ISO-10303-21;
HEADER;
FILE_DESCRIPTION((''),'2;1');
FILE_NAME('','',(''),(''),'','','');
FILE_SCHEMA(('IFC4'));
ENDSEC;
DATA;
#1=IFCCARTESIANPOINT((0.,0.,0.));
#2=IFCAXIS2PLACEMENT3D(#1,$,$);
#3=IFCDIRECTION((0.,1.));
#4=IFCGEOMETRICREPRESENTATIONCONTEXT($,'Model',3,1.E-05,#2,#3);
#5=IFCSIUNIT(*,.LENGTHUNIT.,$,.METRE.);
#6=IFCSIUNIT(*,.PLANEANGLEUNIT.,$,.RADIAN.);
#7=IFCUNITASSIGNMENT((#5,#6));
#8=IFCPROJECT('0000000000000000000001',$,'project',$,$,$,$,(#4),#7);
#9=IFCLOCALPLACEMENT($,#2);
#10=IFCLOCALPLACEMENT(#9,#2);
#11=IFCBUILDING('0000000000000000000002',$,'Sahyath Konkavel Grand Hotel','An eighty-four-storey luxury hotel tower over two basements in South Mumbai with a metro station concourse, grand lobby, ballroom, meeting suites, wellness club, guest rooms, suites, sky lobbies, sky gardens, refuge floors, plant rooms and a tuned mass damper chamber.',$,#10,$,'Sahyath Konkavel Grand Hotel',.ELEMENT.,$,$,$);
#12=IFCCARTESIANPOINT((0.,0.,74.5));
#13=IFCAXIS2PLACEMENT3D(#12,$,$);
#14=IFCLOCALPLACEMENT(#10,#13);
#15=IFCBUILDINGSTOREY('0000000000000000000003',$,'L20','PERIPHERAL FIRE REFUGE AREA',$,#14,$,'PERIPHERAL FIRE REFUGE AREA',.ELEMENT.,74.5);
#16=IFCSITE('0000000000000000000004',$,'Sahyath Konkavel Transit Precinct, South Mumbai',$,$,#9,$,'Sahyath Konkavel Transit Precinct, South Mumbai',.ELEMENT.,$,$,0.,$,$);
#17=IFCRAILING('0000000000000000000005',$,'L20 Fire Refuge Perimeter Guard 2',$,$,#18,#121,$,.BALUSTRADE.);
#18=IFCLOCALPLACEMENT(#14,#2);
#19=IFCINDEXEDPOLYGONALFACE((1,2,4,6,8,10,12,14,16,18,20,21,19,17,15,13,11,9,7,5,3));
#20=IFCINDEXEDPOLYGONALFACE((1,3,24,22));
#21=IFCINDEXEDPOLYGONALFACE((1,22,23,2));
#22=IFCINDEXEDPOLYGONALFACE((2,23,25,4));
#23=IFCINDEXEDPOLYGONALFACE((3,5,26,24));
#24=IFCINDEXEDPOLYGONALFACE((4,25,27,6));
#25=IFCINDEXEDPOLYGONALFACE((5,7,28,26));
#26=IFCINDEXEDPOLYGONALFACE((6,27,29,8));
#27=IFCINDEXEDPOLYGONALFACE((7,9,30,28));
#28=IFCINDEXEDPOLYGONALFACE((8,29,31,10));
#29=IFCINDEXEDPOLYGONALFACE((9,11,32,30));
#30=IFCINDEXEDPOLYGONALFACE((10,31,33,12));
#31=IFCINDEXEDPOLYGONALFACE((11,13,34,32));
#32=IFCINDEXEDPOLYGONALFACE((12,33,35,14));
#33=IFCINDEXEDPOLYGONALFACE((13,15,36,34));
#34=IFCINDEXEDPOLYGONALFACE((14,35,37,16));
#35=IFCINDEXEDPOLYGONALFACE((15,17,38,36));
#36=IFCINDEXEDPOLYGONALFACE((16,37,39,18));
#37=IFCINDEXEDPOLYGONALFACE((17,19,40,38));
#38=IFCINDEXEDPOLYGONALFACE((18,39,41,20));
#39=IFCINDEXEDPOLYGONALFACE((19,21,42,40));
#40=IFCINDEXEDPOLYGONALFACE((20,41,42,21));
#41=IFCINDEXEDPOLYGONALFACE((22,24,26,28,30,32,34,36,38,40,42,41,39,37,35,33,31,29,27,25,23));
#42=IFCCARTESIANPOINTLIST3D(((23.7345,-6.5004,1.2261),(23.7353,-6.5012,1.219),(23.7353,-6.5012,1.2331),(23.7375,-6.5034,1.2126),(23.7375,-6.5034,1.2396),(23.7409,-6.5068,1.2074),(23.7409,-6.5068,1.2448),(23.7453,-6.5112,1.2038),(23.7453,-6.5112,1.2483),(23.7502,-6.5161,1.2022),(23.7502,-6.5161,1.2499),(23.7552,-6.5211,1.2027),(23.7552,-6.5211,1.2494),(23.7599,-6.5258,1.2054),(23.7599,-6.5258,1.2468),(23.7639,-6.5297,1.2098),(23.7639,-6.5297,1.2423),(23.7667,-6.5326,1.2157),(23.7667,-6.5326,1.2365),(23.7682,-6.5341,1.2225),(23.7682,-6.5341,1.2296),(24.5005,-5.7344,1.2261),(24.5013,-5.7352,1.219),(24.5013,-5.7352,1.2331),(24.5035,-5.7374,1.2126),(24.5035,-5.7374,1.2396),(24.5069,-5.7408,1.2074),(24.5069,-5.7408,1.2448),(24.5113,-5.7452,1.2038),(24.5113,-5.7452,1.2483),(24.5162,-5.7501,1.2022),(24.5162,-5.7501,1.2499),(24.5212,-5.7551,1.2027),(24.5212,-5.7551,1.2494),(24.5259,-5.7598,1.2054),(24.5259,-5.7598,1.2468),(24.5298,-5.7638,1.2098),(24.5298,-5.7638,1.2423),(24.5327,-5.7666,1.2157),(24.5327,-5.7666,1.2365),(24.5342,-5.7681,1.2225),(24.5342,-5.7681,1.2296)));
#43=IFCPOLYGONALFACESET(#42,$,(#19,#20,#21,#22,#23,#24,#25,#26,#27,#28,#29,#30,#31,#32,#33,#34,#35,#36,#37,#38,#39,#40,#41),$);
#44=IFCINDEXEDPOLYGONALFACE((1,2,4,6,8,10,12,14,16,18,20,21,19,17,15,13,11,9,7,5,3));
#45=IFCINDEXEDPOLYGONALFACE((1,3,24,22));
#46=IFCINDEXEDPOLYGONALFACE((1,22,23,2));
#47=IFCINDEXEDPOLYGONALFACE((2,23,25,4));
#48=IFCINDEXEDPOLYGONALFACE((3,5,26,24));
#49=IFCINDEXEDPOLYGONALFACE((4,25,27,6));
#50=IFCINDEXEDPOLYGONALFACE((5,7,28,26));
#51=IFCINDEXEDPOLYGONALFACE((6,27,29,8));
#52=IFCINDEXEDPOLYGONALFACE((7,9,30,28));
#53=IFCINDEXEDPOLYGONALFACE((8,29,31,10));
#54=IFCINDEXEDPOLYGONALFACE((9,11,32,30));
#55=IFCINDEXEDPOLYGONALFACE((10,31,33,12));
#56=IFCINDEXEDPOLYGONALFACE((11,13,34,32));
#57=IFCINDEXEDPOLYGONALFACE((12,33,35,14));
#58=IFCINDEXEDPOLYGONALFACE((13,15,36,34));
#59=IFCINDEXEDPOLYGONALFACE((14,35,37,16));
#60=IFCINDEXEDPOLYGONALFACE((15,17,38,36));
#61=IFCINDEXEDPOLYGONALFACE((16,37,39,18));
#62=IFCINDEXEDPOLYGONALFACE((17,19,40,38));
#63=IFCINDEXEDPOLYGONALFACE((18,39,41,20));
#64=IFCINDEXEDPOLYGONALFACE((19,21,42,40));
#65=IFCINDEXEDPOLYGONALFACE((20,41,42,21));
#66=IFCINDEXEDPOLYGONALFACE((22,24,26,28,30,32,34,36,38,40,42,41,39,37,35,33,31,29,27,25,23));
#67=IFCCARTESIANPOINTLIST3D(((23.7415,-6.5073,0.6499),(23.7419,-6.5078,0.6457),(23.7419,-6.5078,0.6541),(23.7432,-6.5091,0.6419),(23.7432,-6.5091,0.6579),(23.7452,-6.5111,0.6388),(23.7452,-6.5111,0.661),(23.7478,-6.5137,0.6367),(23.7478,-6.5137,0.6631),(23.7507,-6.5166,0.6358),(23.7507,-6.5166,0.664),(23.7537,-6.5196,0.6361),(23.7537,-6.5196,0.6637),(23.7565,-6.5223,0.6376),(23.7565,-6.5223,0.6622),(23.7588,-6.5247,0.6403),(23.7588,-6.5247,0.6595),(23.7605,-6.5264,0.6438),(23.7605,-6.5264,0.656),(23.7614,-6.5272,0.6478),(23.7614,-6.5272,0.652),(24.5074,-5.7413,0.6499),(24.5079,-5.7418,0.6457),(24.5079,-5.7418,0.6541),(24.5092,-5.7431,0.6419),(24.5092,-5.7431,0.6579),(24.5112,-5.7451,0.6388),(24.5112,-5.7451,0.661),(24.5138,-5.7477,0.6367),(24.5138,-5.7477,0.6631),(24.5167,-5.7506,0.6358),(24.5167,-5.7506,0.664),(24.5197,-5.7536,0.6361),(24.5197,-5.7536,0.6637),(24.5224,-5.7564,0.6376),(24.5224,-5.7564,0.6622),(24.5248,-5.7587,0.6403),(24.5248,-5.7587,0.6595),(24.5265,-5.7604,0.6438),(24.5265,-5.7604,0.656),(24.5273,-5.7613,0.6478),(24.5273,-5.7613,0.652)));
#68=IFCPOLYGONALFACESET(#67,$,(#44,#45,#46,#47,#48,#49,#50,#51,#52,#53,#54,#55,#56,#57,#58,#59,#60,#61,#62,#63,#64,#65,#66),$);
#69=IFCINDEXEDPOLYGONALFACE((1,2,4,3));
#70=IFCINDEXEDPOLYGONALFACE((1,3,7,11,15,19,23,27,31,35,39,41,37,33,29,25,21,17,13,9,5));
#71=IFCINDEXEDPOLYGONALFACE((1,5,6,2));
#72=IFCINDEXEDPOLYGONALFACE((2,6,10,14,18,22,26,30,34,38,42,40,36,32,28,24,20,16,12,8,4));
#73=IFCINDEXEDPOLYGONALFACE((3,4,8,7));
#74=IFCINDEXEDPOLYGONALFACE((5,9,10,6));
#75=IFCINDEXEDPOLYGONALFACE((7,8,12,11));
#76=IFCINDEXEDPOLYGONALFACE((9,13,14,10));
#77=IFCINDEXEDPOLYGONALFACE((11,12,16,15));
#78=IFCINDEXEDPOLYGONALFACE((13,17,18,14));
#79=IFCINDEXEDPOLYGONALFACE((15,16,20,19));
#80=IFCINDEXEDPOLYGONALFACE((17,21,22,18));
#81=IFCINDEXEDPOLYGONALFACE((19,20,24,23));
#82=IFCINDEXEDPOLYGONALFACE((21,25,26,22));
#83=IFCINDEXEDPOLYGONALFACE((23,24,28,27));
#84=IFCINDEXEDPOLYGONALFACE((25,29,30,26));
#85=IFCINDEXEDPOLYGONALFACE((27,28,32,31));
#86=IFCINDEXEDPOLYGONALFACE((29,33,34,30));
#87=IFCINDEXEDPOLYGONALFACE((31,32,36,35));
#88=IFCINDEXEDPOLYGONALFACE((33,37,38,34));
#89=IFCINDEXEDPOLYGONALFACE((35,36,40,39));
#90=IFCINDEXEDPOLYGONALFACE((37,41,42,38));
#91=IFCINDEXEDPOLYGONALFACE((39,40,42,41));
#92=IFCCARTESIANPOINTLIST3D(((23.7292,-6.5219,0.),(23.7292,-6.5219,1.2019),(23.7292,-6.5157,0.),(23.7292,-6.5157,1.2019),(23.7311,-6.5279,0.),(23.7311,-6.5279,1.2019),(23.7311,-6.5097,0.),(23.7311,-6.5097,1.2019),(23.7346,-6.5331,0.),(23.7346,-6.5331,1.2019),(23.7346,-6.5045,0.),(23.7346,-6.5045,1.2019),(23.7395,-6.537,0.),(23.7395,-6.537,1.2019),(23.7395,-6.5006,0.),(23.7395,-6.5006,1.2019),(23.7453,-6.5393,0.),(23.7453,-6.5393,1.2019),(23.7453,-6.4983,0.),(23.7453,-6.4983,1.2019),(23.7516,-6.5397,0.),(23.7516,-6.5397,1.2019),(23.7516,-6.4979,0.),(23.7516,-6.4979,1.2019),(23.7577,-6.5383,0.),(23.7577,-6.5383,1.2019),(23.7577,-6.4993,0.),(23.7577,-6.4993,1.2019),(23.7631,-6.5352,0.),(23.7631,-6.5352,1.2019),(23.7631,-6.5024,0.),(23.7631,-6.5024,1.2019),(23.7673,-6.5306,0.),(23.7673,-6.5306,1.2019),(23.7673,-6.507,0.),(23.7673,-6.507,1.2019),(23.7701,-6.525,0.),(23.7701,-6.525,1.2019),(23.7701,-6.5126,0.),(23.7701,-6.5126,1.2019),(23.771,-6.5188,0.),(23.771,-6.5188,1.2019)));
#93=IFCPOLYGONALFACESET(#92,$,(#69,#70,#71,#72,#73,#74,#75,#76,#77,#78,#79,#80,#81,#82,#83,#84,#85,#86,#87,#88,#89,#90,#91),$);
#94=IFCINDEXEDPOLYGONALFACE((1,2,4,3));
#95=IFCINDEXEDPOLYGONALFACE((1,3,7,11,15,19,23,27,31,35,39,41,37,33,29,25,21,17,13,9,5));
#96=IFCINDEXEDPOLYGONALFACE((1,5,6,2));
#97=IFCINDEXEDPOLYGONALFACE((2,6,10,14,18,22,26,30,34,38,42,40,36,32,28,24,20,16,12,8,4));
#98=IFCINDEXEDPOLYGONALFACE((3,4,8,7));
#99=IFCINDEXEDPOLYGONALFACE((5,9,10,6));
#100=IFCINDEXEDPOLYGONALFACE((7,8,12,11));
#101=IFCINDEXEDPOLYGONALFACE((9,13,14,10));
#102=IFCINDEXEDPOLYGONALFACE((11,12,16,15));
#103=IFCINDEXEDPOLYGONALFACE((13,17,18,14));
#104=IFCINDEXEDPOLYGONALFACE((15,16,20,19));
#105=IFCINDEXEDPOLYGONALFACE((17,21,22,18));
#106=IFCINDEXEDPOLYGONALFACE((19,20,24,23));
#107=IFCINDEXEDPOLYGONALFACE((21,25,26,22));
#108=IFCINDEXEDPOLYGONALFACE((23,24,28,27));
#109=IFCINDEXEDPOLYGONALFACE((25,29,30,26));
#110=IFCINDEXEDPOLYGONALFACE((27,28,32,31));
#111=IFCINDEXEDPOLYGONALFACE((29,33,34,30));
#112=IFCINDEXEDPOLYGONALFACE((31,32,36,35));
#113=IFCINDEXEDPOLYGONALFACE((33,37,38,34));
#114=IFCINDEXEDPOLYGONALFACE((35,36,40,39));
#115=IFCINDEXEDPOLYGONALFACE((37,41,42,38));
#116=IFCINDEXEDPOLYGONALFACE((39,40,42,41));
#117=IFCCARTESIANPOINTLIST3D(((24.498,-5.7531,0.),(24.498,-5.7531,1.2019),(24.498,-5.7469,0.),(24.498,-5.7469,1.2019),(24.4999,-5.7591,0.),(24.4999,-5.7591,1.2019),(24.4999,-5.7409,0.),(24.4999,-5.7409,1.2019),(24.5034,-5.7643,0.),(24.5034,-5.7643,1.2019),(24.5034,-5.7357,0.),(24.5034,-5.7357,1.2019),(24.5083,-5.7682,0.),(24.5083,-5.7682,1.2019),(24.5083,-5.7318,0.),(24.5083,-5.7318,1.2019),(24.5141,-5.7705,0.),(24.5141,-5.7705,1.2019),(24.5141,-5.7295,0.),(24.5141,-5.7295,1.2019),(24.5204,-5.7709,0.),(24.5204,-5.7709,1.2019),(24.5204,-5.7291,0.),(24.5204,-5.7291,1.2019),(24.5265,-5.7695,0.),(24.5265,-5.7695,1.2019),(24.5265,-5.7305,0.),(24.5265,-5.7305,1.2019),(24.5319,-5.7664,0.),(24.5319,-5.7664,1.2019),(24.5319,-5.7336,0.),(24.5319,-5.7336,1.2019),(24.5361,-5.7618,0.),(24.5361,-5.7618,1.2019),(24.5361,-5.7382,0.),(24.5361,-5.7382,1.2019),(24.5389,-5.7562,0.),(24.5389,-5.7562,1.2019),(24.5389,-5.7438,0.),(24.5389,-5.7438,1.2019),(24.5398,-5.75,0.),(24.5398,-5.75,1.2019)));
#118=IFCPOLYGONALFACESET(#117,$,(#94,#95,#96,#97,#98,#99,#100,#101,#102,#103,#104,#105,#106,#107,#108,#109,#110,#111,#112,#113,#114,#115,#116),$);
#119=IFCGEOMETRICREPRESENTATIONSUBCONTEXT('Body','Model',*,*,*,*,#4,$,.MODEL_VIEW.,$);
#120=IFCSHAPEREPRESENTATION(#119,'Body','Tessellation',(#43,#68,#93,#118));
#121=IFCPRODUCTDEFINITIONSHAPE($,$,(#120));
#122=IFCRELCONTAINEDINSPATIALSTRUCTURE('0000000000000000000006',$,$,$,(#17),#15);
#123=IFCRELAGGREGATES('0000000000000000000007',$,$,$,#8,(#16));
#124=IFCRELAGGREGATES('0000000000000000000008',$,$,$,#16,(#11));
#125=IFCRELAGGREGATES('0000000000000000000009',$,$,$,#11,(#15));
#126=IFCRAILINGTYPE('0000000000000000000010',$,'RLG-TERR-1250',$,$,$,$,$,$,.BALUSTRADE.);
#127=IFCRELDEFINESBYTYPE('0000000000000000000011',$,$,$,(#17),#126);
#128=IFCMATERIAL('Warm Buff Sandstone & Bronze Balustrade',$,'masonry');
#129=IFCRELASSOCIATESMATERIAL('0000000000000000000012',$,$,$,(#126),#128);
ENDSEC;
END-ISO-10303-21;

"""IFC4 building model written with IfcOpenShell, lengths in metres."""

from ifc_helpers import new_model, si_unit, direction, frame, origin, origin_2d, place, context, subcontext, project, spatial, circle, extrude, material, type_object, element, save


model = new_model("IFC4")

# Units and contexts
model_context = context("Model", 3, precision=1e-05, world=origin(), true_north=direction((0.0, 1.0)))
body_context = subcontext(model_context, "Body", "Model", "MODEL_VIEW")
ifc_project = project(units=[si_unit("LENGTHUNIT", "METRE"), si_unit("PLANEANGLEUNIT", "RADIAN")], contexts=[model_context])

# Site, building, storey
site_placement = place(None, origin())
site = spatial("IfcSite", under=ifc_project, at=site_placement, Name="Sahyath Konkavel Transit Precinct, South Mumbai", LongName="Sahyath Konkavel Transit Precinct, South Mumbai", CompositionType="ELEMENT", RefElevation=0.0)
building_placement = place(site_placement, origin())
building = spatial("IfcBuilding", under=site, at=building_placement, Name="Sahyath Konkavel Grand Hotel", Description="An eighty-four-storey luxury hotel tower over two basements in South Mumbai with a metro station concourse, grand lobby, ballroom, meeting suites, wellness club, guest rooms, suites, sky lobbies, sky gardens, refuge floors, plant rooms and a tuned mass damper chamber.", LongName="Sahyath Konkavel Grand Hotel", CompositionType="ELEMENT")
storey_placement = place(building_placement, frame((0.0, 0.0, 74.5)))
storey = spatial("IfcBuildingStorey", under=building, at=storey_placement, Name="L20", Description="PERIPHERAL FIRE REFUGE AREA", LongName="PERIPHERAL FIRE REFUGE AREA", CompositionType="ELEMENT", Elevation=74.5)

# Railing
ifc_material_1 = material(Name="Warm Buff Sandstone & Bronze Balustrade", Category="masonry")
railing_type = type_object("IfcRailingType", Name="RLG-TERR-1250", PredefinedType="BALUSTRADE", material=ifc_material_1)
for number, where, name in (
    (1, (23.75, -6.5188, 0.0), "L20 Fire Refuge Perimeter Guard 2"),
):
    element("IfcRailing", number, at=place(storey_placement, frame(where)), inside=storey, type_object=railing_type, Name=name, PredefinedType="BALUSTRADE", context=body_context, shape_type="SweptSolid", body=[
        extrude(circle(Radius=0.0239, at=origin_2d()), frame((0.0015, 0.0015, 1.2261), z_axis=(0.707107, 0.707107, 0.0), x_axis=(-0.707107, 0.707107, 0.0)), (0.0, 0.0, 1.0), 1.0833),
        extrude(circle(Radius=0.0142, at=origin_2d()), frame((0.0015, 0.0015, 0.6499), z_axis=(0.707107, 0.707107, 0.0), x_axis=(-0.707107, 0.707107, 0.0)), (0.0, 0.0, 1.0), 1.0833),
        extrude(circle(Radius=0.021, at=origin_2d()), origin(), (0.0, 0.0, 1.0), 1.2019),
        extrude(circle(Radius=0.021, at=origin_2d()), frame((0.7688, 0.7688, 0.0)), (0.0, 0.0, 1.0), 1.2019),
    ])

save(model, "model.ifc")
